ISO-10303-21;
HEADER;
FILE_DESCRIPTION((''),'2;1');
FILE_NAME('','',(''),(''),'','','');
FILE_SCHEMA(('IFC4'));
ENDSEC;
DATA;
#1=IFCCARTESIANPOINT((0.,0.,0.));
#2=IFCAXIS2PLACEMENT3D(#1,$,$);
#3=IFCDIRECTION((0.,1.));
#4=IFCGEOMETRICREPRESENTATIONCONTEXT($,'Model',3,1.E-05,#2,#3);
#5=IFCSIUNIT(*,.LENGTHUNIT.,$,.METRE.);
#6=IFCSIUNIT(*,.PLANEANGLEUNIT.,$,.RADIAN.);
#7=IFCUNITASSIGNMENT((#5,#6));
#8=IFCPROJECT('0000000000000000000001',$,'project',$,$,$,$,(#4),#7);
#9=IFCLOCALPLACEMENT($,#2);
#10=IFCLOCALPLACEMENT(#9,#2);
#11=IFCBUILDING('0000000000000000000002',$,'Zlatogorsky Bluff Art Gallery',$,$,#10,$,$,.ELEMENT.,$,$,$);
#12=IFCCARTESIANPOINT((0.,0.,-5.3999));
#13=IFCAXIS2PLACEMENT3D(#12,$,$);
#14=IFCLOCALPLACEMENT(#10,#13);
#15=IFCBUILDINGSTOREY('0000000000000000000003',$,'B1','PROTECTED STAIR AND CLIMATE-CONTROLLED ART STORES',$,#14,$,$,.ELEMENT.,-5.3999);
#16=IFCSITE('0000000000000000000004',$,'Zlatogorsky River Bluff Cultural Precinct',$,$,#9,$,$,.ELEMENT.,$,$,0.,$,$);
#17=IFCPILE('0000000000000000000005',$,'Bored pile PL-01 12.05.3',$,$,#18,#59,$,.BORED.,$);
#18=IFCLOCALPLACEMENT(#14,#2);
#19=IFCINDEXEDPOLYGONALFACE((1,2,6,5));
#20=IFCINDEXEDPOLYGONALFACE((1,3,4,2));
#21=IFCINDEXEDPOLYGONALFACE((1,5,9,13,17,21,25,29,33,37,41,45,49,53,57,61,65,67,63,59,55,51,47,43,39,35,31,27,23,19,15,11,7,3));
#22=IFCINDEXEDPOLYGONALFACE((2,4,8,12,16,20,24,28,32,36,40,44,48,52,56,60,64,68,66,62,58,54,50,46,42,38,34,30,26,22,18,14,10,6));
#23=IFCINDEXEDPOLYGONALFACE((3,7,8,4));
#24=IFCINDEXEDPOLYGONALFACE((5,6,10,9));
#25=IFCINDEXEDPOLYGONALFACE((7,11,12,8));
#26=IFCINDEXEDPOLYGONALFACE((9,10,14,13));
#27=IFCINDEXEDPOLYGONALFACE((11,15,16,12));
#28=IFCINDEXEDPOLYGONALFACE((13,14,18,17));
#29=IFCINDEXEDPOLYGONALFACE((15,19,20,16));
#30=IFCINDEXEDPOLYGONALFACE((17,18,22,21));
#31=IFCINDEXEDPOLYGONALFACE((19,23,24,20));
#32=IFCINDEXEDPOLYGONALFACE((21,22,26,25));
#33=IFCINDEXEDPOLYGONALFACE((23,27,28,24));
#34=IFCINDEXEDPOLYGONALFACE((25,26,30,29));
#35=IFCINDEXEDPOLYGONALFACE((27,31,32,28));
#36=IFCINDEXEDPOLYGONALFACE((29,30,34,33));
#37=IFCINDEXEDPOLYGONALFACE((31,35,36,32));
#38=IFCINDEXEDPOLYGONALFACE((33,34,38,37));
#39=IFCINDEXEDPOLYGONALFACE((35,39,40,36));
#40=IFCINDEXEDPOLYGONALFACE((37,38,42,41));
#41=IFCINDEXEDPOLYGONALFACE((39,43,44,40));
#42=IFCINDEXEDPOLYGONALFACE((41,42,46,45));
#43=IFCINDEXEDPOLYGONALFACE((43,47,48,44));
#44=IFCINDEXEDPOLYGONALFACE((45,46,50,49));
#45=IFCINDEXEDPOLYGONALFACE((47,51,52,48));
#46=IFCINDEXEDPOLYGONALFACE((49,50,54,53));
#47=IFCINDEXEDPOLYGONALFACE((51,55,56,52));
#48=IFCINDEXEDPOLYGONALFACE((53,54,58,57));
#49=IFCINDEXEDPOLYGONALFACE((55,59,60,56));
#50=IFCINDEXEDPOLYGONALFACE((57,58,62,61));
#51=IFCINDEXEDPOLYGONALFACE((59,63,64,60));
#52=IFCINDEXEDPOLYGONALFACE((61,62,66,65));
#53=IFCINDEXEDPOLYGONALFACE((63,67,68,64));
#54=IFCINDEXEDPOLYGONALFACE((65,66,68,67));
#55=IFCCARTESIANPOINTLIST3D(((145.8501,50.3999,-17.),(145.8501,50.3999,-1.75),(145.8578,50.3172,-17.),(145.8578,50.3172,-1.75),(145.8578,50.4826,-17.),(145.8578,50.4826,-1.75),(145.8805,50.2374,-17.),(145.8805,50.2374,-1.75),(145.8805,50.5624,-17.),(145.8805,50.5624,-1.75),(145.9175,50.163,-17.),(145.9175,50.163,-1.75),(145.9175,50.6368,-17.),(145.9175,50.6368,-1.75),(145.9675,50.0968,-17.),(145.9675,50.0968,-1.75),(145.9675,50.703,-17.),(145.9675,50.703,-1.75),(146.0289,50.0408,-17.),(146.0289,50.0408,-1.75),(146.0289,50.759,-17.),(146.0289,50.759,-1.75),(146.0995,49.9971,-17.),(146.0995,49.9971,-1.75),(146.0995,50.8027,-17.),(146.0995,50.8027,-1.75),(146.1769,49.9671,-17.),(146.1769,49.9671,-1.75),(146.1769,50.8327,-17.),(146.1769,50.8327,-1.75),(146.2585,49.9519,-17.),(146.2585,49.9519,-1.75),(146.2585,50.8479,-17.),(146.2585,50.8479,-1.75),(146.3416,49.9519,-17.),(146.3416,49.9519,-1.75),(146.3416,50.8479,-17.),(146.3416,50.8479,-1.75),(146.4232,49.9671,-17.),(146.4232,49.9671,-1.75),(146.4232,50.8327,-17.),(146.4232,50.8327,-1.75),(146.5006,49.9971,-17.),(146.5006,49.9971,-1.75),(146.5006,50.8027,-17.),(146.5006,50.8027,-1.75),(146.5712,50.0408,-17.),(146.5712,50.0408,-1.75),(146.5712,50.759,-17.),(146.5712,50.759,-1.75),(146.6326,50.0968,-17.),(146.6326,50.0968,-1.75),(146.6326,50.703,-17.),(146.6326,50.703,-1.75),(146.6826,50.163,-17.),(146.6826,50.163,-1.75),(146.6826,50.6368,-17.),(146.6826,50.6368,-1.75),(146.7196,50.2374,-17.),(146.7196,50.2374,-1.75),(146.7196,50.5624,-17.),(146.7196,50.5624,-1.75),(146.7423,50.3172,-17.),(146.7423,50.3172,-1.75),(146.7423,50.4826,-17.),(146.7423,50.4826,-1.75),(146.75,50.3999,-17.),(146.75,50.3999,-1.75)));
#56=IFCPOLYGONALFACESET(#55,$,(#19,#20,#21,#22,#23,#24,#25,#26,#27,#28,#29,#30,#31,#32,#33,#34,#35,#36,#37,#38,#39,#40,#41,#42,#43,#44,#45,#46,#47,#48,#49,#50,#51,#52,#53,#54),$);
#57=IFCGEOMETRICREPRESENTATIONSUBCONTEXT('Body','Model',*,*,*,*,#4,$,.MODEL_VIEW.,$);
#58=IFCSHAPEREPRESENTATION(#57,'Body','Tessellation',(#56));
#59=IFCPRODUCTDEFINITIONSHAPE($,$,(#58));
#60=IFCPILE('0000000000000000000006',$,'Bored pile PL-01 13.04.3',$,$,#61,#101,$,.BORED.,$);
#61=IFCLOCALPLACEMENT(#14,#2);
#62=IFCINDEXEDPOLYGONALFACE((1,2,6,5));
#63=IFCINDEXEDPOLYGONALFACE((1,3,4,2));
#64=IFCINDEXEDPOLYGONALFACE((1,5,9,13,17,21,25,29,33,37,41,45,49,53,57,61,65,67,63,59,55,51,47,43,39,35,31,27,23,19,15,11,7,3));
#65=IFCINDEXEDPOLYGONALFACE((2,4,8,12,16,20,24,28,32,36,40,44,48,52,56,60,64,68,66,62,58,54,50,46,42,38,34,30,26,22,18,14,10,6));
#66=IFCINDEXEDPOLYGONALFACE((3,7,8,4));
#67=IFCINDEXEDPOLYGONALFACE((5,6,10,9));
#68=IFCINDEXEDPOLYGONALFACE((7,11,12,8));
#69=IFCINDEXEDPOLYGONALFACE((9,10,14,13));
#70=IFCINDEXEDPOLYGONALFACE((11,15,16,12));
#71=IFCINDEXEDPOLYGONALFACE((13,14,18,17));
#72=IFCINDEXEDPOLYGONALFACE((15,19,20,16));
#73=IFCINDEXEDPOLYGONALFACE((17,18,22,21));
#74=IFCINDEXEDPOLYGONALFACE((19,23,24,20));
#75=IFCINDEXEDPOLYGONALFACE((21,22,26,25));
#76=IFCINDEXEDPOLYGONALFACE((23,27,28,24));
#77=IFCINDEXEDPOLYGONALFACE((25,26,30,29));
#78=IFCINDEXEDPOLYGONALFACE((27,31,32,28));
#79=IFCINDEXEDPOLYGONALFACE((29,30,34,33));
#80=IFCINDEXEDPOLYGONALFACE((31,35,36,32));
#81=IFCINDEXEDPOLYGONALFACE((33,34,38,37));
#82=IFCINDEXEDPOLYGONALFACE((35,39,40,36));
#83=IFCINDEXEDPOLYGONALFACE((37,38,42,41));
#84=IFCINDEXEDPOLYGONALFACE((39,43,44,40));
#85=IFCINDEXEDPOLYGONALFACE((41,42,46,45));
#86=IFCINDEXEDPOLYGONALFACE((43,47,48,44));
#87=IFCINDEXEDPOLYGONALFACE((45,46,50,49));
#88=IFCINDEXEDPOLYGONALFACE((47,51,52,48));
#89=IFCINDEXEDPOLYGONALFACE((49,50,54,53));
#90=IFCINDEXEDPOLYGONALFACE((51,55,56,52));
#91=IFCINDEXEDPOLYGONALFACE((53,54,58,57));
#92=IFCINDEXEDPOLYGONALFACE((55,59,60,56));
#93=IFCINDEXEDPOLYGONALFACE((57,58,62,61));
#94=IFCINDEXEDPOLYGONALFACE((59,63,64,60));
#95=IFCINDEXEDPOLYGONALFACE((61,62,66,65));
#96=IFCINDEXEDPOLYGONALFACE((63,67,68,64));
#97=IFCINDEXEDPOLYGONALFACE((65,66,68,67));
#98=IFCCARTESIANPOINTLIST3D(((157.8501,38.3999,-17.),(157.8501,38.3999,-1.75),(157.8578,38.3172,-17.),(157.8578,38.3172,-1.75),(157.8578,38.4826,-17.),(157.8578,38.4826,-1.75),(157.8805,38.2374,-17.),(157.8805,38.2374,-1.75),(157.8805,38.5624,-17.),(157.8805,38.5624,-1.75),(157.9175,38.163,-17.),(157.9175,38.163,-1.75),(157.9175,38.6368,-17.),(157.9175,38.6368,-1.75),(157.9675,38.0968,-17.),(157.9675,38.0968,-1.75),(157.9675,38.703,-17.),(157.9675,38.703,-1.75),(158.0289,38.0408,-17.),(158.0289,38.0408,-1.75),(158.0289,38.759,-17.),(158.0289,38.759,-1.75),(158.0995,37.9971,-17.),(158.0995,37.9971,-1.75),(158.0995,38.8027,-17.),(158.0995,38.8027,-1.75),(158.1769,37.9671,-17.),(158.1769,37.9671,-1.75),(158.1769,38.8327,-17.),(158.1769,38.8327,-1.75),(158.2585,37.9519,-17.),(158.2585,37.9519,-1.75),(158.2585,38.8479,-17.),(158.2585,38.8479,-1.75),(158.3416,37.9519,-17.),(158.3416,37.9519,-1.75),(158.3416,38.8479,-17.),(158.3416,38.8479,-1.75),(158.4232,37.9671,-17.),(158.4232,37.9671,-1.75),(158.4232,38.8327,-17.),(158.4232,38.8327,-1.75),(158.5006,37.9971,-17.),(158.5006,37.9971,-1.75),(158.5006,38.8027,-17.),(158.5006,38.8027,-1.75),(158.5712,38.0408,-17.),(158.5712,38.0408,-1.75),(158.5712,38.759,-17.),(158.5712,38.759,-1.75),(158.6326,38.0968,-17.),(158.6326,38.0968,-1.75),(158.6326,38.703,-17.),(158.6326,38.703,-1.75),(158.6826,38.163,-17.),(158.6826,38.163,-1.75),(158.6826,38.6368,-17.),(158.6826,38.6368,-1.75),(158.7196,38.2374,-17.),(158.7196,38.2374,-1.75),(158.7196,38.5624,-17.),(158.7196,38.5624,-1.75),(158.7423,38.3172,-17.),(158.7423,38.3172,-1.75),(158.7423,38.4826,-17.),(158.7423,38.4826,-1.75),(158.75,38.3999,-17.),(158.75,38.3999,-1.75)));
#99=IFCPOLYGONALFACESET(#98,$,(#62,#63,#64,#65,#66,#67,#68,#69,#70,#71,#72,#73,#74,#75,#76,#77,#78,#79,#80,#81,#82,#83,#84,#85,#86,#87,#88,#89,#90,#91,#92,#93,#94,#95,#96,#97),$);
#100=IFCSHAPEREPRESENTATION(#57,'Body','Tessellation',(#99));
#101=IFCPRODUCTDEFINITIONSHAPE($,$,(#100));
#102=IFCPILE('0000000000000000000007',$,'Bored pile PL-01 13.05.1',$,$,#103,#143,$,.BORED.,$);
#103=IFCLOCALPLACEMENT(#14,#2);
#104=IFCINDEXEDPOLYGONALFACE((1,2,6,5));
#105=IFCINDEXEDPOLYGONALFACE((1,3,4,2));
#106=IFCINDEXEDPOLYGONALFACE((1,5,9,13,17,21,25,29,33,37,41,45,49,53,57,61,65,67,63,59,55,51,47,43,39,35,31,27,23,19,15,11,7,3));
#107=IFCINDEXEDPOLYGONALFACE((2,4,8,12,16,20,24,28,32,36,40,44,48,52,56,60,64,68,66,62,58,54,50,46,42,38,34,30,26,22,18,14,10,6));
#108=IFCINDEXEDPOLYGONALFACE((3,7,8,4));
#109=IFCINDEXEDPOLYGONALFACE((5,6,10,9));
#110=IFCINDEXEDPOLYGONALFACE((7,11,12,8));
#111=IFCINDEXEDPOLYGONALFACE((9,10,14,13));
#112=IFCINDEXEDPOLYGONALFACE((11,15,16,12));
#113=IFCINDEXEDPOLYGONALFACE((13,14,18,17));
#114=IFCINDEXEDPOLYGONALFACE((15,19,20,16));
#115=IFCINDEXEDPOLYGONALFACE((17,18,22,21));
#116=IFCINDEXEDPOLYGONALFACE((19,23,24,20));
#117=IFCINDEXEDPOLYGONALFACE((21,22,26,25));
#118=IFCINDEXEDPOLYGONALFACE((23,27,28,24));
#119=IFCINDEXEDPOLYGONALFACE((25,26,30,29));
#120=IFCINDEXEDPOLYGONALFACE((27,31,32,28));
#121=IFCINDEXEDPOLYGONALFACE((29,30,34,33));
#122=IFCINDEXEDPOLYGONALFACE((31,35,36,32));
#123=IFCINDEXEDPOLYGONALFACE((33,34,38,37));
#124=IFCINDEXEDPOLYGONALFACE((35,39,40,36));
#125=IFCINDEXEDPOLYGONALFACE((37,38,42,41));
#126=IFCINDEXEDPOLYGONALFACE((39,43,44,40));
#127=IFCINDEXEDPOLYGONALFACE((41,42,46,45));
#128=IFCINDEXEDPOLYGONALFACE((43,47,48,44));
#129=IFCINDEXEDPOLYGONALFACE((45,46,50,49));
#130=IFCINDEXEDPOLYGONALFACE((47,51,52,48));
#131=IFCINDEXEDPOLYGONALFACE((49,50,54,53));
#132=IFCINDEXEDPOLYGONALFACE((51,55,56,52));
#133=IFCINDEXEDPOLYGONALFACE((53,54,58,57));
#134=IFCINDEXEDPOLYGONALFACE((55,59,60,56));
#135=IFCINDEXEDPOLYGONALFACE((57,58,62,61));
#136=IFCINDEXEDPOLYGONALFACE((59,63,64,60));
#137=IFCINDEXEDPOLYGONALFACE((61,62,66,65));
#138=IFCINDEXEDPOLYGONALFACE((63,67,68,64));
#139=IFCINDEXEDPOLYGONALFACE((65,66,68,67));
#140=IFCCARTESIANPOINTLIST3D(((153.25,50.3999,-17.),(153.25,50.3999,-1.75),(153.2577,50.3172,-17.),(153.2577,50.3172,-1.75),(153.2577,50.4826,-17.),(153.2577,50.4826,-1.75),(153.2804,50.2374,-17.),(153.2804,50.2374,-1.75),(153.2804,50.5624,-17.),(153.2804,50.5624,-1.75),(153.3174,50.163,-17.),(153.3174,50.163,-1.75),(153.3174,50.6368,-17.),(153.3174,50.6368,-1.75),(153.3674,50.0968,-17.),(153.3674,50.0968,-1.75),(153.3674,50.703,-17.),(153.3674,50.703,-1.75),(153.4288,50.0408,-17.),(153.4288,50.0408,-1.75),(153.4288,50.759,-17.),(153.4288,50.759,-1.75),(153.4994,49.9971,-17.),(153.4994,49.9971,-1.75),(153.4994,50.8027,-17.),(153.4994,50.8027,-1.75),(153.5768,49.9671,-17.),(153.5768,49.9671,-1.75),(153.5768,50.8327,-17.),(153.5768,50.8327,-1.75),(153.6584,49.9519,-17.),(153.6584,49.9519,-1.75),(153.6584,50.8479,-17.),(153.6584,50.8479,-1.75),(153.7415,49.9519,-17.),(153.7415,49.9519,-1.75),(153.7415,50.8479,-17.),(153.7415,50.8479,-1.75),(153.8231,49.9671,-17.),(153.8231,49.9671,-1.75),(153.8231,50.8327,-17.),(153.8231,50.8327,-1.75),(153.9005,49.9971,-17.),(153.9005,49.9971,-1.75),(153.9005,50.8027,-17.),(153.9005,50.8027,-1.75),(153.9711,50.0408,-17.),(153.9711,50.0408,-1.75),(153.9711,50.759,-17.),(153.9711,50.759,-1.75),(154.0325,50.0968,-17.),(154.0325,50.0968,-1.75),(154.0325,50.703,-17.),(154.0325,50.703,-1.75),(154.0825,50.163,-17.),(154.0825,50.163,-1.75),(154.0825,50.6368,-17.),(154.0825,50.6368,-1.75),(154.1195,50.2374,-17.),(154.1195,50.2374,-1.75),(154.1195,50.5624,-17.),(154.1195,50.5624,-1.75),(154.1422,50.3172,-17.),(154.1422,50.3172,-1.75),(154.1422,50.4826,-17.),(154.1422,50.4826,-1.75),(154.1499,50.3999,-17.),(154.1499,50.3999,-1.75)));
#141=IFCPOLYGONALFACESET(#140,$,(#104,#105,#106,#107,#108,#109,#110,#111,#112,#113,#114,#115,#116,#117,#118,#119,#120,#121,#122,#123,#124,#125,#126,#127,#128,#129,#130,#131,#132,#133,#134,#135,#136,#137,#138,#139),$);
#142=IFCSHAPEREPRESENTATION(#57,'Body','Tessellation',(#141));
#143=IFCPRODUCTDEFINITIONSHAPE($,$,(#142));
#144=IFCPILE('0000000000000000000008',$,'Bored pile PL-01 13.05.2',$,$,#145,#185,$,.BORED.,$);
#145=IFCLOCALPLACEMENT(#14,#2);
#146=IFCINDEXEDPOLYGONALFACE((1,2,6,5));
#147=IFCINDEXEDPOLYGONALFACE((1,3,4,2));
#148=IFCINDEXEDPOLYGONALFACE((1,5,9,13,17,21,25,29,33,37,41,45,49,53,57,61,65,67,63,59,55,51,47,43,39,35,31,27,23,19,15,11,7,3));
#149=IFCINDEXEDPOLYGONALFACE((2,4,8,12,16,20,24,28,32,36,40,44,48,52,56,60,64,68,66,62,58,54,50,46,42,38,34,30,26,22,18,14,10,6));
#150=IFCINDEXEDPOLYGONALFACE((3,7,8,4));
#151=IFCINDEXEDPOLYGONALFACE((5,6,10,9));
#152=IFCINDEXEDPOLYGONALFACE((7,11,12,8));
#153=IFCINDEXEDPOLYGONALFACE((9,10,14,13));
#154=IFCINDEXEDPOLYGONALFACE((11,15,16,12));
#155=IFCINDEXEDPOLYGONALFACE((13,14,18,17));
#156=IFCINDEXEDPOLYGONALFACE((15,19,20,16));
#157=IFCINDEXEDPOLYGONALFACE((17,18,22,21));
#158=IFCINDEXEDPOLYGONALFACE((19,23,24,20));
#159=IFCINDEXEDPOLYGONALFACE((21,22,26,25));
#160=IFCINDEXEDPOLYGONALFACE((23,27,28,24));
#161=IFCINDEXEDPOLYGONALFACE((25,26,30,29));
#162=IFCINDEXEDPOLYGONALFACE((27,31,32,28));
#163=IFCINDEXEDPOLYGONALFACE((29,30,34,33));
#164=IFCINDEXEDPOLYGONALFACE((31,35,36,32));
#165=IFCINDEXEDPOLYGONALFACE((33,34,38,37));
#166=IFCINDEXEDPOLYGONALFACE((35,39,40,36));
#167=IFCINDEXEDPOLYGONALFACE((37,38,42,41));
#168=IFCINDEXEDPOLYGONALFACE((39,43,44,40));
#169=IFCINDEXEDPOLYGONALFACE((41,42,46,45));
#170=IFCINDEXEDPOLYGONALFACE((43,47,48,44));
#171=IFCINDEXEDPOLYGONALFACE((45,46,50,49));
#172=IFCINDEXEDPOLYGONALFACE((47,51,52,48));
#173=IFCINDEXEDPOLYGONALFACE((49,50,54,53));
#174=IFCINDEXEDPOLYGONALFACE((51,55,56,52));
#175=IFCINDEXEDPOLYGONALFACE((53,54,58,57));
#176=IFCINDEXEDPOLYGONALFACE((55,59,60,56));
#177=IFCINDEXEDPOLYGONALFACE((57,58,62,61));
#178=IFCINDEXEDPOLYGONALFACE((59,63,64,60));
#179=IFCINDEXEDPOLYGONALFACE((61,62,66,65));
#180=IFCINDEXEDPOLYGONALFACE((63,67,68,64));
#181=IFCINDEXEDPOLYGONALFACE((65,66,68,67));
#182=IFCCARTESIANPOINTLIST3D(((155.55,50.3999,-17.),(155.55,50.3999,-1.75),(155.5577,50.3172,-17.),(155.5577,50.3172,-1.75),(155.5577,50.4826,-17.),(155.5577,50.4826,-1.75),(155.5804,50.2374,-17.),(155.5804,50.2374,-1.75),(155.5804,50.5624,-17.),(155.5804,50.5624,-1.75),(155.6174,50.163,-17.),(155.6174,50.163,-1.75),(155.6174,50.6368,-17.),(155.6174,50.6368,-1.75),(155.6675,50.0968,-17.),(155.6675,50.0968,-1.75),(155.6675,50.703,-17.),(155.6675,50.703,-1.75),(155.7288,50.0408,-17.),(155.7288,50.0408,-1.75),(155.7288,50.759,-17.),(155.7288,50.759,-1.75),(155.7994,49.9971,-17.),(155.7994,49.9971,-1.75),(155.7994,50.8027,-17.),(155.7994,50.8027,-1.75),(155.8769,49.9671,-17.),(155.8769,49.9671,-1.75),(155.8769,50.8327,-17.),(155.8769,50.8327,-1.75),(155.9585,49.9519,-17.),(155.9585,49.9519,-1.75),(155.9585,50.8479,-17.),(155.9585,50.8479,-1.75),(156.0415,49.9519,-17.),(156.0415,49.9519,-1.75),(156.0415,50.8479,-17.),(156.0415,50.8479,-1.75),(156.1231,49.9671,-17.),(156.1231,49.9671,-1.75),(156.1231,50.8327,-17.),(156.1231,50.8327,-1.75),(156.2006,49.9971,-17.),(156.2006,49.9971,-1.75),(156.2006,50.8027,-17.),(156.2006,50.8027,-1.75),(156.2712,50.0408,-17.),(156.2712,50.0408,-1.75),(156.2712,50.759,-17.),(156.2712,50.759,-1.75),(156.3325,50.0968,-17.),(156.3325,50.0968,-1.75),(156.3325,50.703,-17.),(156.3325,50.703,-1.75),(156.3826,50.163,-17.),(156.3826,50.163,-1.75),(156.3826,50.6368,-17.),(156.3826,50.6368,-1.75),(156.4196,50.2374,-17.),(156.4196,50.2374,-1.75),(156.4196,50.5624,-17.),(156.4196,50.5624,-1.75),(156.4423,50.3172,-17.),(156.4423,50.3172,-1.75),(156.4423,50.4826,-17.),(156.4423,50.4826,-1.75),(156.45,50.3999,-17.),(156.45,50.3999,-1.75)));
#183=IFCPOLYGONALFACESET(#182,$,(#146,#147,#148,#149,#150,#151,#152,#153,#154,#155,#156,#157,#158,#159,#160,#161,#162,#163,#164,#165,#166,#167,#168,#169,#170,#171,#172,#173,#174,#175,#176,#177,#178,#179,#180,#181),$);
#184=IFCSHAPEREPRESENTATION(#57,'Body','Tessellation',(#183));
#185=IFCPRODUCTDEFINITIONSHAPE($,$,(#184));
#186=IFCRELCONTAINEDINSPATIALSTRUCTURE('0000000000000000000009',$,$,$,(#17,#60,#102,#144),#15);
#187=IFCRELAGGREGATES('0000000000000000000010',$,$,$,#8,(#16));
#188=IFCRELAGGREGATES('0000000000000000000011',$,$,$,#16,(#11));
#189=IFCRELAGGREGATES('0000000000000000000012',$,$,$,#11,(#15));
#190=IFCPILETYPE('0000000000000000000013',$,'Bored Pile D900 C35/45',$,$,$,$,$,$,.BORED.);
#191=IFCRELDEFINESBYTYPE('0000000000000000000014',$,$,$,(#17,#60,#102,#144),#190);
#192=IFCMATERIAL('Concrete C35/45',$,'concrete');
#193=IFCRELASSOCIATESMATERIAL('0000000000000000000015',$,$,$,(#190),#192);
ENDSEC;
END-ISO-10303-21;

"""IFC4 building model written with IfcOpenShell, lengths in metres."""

from ifc_helpers import new_model, si_unit, direction, frame, origin, origin_2d, place, context, subcontext, project, spatial, circle, extrude, material, material_profile, profile_set, type_object, element, save


model = new_model("IFC4")

# Units and contexts
model_context = context("Model", 3, precision=1e-05, world=origin(), true_north=direction((0.0, 1.0)))
body_context = subcontext(model_context, "Body", "Model", "MODEL_VIEW")
ifc_project = project(units=[si_unit("LENGTHUNIT", "METRE"), si_unit("PLANEANGLEUNIT", "RADIAN")], contexts=[model_context])

# Site, building, storey
site_placement = place(None, origin())
site = spatial("IfcSite", under=ifc_project, at=site_placement, Name="Zlatogorsky River Bluff Cultural Precinct", CompositionType="ELEMENT", RefElevation=0.0)
building_placement = place(site_placement, origin())
building = spatial("IfcBuilding", under=site, at=building_placement, Name="Zlatogorsky Bluff Art Gallery", CompositionType="ELEMENT")
storey_placement = place(building_placement, frame((0.0, 0.0, -5.3999)))
storey = spatial("IfcBuildingStorey", under=building, at=storey_placement, Name="B1", Description="PROTECTED STAIR AND CLIMATE-CONTROLLED ART STORES", CompositionType="ELEMENT", Elevation=-5.3999)

# Piles
ifc_material_1 = material(Name="Concrete C35/45", Category="concrete")
ifc_material_profile_1 = material_profile(ifc_material_1, circle(Radius=0.45, at=origin_2d()), Name="BORED PILE D900")
ifc_profile_set_1 = profile_set([ifc_material_profile_1], Name="Concrete C35/45")
pile_type = type_object("IfcPileType", Name="Bored Pile D900 C35/45", PredefinedType="BORED", material=ifc_profile_set_1)
for number, where, z_axis, x_axis, name in (
    (1, (146.3, 50.3999, -1.75), (0.0, 0.0, -1.0), (1.0, 0.0, 0.0), "Bored pile PL-01 12.05.3"),
    (2, (158.3, 38.3999, -1.75), (0.0, 0.0, -1.0), (1.0, 0.0, 0.0), "Bored pile PL-01 13.04.3"),
    (3, (153.7, 50.3999, -1.75), (0.0, 0.0, -1.0), (1.0, 0.0, 0.0), "Bored pile PL-01 13.05.1"),
    (4, (156.0, 50.3999, -1.75), (0.0, 0.0, -1.0), (1.0, 0.0, 0.0), "Bored pile PL-01 13.05.2"),
):
    element("IfcPile", number, at=place(storey_placement, frame(where, z_axis=z_axis, x_axis=x_axis)), inside=storey, type_object=pile_type, Name=name, PredefinedType="BORED", context=body_context, shape_type="SweptSolid", body=[
        extrude(circle(Radius=0.45, at=origin_2d()), origin(), (0.0, 0.0, 1.0), 15.25),
    ])

save(model, "model.ifc")
